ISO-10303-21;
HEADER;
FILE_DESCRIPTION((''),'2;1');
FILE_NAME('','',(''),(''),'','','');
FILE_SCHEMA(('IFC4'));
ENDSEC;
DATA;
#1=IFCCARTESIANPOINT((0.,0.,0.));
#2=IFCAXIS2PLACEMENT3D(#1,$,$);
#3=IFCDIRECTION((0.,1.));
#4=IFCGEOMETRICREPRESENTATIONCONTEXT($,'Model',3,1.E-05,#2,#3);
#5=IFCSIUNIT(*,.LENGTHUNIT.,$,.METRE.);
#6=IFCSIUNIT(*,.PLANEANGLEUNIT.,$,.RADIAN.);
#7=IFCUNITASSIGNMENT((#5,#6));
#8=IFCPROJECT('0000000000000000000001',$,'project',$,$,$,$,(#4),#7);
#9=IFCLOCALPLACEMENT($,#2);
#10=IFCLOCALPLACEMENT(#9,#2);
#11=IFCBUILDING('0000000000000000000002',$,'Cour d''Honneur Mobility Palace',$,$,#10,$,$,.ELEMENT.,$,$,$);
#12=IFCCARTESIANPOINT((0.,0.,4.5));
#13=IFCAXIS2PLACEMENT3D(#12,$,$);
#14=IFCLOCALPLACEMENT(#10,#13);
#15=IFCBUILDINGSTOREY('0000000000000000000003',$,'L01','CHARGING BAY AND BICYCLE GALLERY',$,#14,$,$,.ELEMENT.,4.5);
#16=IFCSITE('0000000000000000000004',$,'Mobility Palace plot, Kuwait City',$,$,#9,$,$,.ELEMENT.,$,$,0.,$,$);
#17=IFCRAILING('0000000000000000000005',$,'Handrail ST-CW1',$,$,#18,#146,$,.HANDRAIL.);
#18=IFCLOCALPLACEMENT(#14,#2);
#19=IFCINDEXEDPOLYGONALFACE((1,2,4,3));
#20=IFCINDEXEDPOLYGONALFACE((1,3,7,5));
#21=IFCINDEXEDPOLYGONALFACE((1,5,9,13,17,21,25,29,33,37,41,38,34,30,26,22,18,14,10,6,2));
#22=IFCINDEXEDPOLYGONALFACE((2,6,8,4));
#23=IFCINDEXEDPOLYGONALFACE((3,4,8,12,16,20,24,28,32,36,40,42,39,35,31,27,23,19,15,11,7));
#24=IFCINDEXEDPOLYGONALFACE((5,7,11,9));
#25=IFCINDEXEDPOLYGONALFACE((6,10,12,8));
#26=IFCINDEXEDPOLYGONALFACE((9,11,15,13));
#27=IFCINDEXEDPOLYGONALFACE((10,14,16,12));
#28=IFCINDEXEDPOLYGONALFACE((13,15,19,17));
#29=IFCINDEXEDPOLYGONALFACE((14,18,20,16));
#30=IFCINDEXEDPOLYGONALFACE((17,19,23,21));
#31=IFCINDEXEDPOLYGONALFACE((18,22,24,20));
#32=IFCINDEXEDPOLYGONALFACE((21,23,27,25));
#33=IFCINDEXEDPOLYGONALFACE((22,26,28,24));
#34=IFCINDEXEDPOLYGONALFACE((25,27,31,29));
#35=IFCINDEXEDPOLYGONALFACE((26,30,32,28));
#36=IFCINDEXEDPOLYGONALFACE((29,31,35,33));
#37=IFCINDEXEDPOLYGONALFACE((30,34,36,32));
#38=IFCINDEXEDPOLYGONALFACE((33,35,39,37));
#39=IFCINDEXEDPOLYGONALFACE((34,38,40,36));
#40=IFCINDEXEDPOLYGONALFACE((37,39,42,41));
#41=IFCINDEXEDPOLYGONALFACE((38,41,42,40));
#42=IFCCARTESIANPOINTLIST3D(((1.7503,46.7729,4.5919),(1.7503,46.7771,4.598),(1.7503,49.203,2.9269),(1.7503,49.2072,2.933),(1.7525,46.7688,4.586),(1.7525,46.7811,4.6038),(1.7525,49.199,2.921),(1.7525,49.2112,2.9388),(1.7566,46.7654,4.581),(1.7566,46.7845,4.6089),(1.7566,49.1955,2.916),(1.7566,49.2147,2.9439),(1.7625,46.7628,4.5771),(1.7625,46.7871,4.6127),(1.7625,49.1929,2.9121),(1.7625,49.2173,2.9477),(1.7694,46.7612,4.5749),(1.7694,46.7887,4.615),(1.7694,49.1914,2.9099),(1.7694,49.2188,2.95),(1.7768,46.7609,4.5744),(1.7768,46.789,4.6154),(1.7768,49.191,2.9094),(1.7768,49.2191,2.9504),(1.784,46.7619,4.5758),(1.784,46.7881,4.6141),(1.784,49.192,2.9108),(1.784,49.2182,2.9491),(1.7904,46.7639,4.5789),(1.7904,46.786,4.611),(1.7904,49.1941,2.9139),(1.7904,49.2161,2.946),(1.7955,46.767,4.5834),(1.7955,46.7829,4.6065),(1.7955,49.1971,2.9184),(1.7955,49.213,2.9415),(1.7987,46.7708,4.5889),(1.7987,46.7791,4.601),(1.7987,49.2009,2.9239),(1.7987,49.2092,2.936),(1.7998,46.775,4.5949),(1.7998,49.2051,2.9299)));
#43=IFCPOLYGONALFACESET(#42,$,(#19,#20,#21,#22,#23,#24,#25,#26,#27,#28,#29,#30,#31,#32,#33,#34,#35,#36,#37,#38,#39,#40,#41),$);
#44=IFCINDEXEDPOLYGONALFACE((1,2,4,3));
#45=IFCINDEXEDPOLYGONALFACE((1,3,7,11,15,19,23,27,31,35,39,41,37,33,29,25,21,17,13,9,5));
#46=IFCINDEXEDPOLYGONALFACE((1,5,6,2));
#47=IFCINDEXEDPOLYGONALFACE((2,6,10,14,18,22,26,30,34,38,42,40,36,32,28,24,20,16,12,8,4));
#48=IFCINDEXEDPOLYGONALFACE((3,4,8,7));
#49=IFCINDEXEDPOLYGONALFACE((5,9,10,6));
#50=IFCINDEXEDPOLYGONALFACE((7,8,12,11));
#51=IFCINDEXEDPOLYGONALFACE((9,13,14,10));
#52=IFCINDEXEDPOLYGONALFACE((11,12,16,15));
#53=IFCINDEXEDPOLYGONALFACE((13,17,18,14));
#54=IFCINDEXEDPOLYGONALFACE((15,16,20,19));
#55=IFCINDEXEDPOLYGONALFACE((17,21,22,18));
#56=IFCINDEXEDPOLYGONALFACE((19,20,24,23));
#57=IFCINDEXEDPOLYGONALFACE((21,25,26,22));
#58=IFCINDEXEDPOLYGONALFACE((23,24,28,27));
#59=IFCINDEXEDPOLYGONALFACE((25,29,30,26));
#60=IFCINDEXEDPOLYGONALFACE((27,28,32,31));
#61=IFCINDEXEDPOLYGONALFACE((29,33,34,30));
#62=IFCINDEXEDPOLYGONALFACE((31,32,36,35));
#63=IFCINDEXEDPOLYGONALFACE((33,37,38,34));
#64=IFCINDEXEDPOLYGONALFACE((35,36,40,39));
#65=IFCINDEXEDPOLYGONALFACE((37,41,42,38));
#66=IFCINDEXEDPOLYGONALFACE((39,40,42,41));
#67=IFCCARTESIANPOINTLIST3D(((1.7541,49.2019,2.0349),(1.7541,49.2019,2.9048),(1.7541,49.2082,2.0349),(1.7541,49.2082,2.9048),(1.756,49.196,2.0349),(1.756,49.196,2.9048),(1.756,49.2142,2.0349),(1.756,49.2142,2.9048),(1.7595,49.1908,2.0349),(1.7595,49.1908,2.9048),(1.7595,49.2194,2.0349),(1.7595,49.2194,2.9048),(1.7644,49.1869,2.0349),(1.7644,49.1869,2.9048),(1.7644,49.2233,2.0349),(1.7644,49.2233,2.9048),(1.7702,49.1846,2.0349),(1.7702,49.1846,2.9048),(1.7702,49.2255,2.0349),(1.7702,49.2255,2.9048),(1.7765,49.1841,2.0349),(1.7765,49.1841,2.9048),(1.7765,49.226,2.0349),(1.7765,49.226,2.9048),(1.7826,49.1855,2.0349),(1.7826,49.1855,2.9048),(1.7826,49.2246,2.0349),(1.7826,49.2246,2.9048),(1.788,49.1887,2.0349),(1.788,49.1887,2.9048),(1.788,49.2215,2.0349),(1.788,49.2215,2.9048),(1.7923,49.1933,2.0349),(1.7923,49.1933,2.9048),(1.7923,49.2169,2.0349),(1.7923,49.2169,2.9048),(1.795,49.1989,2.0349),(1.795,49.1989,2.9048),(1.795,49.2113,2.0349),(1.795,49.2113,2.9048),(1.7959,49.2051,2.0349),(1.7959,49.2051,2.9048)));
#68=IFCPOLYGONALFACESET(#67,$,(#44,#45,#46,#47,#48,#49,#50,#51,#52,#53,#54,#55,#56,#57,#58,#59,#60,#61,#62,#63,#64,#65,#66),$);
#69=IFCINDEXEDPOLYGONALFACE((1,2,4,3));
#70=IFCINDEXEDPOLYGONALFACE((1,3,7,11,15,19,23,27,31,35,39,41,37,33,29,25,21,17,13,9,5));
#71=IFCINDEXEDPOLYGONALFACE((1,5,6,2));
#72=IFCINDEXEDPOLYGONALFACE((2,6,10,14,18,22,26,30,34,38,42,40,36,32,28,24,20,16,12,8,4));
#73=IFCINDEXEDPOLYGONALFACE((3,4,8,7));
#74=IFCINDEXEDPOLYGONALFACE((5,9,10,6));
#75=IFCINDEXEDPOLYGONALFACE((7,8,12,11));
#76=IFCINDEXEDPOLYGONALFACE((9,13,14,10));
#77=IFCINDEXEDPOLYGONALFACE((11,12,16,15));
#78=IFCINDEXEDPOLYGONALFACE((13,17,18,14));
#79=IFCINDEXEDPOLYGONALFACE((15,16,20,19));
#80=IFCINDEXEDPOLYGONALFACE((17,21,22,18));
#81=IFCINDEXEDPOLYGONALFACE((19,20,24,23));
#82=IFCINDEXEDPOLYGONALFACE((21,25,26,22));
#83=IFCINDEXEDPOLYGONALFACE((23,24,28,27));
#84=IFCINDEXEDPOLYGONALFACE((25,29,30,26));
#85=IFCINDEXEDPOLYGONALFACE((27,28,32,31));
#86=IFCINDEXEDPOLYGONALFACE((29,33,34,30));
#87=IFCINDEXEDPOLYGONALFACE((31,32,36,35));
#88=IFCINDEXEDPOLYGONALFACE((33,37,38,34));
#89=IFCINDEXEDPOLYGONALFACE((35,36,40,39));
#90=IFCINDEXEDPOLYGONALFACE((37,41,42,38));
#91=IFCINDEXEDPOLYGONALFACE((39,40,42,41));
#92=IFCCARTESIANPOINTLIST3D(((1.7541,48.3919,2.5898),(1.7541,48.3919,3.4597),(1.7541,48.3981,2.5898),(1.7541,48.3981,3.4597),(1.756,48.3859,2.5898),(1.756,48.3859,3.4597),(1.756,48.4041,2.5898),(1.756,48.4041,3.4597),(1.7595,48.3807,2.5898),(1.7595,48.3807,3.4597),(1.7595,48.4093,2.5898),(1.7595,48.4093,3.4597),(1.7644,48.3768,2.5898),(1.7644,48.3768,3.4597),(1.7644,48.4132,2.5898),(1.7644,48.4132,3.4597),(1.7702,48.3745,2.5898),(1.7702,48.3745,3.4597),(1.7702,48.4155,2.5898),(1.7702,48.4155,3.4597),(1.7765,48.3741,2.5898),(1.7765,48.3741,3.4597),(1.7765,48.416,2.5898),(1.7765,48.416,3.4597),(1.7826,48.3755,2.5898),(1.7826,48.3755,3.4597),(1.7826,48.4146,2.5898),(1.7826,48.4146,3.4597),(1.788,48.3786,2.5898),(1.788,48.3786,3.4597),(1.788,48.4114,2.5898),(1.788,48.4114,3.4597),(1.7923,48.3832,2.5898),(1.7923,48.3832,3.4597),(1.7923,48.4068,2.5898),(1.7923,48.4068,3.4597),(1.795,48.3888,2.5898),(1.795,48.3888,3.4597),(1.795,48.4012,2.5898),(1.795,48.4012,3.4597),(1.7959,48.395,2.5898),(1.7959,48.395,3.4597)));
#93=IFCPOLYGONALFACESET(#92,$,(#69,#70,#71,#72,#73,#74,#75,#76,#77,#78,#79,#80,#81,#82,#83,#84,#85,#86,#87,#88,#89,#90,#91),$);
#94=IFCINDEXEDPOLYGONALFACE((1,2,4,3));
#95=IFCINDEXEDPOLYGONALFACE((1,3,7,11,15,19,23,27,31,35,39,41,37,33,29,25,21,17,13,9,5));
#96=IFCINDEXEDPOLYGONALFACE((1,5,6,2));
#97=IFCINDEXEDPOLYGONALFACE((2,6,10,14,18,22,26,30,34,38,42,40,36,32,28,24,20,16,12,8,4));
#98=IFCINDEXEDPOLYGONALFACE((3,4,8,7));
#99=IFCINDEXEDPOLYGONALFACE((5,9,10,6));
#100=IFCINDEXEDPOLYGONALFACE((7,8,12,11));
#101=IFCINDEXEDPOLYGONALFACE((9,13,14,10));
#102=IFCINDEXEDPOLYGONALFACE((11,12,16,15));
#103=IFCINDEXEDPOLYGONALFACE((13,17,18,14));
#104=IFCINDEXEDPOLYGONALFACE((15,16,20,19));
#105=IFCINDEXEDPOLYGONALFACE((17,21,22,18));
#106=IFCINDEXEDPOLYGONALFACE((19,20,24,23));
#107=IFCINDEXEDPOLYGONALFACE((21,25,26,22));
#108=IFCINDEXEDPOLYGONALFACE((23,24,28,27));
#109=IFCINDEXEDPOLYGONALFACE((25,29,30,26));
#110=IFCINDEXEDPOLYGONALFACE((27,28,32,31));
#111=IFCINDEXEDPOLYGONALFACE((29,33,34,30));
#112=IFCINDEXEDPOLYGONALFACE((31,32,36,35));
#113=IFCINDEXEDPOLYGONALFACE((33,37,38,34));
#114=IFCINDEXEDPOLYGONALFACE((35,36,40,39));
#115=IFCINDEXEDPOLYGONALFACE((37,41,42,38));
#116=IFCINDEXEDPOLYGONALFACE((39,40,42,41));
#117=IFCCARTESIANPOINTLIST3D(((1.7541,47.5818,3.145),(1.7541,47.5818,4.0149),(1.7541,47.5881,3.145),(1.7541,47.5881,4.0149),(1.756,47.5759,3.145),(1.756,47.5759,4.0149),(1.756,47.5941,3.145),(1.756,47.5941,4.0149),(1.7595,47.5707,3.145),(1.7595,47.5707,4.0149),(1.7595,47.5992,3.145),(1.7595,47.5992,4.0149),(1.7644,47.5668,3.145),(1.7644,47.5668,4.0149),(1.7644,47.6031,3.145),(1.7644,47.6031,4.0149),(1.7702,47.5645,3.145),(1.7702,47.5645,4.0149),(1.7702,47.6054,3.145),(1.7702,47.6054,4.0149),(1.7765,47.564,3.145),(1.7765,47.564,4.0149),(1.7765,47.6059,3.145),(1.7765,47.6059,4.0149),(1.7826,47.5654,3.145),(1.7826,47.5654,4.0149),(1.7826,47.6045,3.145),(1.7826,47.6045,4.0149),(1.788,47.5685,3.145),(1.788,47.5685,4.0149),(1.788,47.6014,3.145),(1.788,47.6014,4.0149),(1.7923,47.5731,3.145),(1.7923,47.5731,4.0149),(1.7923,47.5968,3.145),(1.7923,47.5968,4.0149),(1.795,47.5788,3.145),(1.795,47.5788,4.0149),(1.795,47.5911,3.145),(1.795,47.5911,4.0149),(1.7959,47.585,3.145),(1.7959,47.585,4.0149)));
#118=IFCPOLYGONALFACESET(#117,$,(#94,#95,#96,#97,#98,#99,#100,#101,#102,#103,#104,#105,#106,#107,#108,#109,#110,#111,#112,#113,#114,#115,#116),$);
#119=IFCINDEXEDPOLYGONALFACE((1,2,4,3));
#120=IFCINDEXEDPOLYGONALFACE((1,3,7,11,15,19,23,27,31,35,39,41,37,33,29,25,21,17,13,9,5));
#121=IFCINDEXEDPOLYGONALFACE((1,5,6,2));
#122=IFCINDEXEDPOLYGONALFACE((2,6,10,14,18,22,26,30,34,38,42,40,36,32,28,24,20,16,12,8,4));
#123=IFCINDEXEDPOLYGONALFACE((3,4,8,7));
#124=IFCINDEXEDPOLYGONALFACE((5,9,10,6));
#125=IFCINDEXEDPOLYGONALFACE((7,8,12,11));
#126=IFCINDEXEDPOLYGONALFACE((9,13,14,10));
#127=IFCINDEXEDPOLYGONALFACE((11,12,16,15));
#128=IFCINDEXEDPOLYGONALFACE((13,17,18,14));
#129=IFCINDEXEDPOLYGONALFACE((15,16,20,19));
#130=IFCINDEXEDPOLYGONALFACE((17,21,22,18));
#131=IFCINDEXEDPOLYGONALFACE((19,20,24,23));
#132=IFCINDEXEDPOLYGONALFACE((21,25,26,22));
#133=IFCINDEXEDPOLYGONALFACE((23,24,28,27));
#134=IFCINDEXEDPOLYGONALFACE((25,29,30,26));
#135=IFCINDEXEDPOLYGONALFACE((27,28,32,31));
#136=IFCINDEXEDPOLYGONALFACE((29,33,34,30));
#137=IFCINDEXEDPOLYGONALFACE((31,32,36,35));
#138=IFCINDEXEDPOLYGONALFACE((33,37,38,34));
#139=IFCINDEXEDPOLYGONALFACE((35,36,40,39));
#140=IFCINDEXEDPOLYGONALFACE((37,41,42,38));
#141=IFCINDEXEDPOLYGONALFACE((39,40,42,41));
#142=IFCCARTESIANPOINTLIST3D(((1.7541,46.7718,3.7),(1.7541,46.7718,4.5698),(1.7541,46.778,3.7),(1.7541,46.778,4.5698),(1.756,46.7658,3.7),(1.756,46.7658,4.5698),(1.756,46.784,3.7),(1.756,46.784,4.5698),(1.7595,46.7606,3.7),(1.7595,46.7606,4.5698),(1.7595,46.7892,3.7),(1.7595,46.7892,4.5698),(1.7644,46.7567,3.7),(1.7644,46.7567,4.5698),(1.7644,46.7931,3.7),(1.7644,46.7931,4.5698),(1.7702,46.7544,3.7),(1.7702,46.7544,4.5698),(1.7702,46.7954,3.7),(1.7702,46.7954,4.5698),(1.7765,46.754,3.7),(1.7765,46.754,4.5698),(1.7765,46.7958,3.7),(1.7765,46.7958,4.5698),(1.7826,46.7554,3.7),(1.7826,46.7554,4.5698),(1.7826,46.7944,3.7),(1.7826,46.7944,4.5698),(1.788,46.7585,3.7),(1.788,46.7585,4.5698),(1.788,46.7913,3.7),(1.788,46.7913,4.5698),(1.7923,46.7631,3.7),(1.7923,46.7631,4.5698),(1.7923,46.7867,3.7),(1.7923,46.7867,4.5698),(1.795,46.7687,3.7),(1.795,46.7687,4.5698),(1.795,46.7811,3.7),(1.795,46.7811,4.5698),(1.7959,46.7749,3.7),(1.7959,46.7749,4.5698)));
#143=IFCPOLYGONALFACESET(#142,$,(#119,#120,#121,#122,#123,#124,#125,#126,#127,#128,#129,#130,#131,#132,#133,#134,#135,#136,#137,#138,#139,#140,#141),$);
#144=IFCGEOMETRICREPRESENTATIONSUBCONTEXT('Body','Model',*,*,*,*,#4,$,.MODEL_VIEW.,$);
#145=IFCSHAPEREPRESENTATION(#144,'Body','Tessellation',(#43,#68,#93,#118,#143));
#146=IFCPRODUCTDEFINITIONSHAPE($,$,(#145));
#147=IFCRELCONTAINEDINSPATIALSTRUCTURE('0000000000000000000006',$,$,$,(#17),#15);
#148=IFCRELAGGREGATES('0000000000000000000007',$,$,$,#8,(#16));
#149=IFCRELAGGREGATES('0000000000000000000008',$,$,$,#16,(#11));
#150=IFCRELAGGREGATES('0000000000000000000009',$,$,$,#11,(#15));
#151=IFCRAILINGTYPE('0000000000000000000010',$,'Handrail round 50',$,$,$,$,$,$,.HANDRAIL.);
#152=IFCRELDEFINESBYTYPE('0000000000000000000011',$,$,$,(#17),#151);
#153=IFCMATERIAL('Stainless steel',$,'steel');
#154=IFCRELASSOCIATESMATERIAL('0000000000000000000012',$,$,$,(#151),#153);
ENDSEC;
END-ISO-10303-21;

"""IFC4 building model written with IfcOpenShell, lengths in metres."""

from ifc_helpers import new_model, si_unit, direction, frame, origin, origin_2d, place, context, subcontext, project, spatial, circle, extrude, material, type_object, element, save


model = new_model("IFC4")

# Units and contexts
model_context = context("Model", 3, precision=1e-05, world=origin(), true_north=direction((0.0, 1.0)))
body_context = subcontext(model_context, "Body", "Model", "MODEL_VIEW")
ifc_project = project(units=[si_unit("LENGTHUNIT", "METRE"), si_unit("PLANEANGLEUNIT", "RADIAN")], contexts=[model_context])

# Site, building, storey
site_placement = place(None, origin())
site = spatial("IfcSite", under=ifc_project, at=site_placement, Name="Mobility Palace plot, Kuwait City", CompositionType="ELEMENT", RefElevation=0.0)
building_placement = place(site_placement, origin())
building = spatial("IfcBuilding", under=site, at=building_placement, Name="Cour d'Honneur Mobility Palace", CompositionType="ELEMENT")
storey_placement = place(building_placement, frame((0.0, 0.0, 4.5)))
storey = spatial("IfcBuildingStorey", under=building, at=storey_placement, Name="L01", Description="CHARGING BAY AND BICYCLE GALLERY", CompositionType="ELEMENT", Elevation=4.5)

# Railing
ifc_material_1 = material(Name="Stainless steel", Category="steel")
railing_type_1 = type_object("IfcRailingType", Name="Handrail round 50", PredefinedType="HANDRAIL", material=ifc_material_1)
for number, where, name in (
    (1, (1.7749, 49.2051, 2.0349), "Handrail ST-CW1"),
):
    element("IfcRailing", number, at=place(storey_placement, frame(where)), inside=storey, type_object=railing_type_1, Name=name, PredefinedType="HANDRAIL", context=body_context, shape_type="SweptSolid", body=[
        extrude(circle(Radius=0.0249, at=origin_2d()), frame((0.0, 0.0, 0.895), z_axis=(0.0, -0.824945, 0.565213), x_axis=(1.0, 0.0, 0.0)), (0.0, 0.0, 1.0), 2.9458),
        extrude(circle(Radius=0.021, at=origin_2d()), origin(), (0.0, 0.0, 1.0), 0.8699),
        extrude(circle(Radius=0.021, at=origin_2d()), frame((0.0, -0.8101, 0.5549)), (0.0, 0.0, 1.0), 0.8699),
        extrude(circle(Radius=0.021, at=origin_2d()), frame((0.0, -1.6201, 1.1101)), (0.0, 0.0, 1.0), 0.8699),
        extrude(circle(Radius=0.021, at=origin_2d()), frame((0.0, -2.4302, 1.665)), (0.0, 0.0, 1.0), 0.8699),
    ])

save(model, "model.ifc")
